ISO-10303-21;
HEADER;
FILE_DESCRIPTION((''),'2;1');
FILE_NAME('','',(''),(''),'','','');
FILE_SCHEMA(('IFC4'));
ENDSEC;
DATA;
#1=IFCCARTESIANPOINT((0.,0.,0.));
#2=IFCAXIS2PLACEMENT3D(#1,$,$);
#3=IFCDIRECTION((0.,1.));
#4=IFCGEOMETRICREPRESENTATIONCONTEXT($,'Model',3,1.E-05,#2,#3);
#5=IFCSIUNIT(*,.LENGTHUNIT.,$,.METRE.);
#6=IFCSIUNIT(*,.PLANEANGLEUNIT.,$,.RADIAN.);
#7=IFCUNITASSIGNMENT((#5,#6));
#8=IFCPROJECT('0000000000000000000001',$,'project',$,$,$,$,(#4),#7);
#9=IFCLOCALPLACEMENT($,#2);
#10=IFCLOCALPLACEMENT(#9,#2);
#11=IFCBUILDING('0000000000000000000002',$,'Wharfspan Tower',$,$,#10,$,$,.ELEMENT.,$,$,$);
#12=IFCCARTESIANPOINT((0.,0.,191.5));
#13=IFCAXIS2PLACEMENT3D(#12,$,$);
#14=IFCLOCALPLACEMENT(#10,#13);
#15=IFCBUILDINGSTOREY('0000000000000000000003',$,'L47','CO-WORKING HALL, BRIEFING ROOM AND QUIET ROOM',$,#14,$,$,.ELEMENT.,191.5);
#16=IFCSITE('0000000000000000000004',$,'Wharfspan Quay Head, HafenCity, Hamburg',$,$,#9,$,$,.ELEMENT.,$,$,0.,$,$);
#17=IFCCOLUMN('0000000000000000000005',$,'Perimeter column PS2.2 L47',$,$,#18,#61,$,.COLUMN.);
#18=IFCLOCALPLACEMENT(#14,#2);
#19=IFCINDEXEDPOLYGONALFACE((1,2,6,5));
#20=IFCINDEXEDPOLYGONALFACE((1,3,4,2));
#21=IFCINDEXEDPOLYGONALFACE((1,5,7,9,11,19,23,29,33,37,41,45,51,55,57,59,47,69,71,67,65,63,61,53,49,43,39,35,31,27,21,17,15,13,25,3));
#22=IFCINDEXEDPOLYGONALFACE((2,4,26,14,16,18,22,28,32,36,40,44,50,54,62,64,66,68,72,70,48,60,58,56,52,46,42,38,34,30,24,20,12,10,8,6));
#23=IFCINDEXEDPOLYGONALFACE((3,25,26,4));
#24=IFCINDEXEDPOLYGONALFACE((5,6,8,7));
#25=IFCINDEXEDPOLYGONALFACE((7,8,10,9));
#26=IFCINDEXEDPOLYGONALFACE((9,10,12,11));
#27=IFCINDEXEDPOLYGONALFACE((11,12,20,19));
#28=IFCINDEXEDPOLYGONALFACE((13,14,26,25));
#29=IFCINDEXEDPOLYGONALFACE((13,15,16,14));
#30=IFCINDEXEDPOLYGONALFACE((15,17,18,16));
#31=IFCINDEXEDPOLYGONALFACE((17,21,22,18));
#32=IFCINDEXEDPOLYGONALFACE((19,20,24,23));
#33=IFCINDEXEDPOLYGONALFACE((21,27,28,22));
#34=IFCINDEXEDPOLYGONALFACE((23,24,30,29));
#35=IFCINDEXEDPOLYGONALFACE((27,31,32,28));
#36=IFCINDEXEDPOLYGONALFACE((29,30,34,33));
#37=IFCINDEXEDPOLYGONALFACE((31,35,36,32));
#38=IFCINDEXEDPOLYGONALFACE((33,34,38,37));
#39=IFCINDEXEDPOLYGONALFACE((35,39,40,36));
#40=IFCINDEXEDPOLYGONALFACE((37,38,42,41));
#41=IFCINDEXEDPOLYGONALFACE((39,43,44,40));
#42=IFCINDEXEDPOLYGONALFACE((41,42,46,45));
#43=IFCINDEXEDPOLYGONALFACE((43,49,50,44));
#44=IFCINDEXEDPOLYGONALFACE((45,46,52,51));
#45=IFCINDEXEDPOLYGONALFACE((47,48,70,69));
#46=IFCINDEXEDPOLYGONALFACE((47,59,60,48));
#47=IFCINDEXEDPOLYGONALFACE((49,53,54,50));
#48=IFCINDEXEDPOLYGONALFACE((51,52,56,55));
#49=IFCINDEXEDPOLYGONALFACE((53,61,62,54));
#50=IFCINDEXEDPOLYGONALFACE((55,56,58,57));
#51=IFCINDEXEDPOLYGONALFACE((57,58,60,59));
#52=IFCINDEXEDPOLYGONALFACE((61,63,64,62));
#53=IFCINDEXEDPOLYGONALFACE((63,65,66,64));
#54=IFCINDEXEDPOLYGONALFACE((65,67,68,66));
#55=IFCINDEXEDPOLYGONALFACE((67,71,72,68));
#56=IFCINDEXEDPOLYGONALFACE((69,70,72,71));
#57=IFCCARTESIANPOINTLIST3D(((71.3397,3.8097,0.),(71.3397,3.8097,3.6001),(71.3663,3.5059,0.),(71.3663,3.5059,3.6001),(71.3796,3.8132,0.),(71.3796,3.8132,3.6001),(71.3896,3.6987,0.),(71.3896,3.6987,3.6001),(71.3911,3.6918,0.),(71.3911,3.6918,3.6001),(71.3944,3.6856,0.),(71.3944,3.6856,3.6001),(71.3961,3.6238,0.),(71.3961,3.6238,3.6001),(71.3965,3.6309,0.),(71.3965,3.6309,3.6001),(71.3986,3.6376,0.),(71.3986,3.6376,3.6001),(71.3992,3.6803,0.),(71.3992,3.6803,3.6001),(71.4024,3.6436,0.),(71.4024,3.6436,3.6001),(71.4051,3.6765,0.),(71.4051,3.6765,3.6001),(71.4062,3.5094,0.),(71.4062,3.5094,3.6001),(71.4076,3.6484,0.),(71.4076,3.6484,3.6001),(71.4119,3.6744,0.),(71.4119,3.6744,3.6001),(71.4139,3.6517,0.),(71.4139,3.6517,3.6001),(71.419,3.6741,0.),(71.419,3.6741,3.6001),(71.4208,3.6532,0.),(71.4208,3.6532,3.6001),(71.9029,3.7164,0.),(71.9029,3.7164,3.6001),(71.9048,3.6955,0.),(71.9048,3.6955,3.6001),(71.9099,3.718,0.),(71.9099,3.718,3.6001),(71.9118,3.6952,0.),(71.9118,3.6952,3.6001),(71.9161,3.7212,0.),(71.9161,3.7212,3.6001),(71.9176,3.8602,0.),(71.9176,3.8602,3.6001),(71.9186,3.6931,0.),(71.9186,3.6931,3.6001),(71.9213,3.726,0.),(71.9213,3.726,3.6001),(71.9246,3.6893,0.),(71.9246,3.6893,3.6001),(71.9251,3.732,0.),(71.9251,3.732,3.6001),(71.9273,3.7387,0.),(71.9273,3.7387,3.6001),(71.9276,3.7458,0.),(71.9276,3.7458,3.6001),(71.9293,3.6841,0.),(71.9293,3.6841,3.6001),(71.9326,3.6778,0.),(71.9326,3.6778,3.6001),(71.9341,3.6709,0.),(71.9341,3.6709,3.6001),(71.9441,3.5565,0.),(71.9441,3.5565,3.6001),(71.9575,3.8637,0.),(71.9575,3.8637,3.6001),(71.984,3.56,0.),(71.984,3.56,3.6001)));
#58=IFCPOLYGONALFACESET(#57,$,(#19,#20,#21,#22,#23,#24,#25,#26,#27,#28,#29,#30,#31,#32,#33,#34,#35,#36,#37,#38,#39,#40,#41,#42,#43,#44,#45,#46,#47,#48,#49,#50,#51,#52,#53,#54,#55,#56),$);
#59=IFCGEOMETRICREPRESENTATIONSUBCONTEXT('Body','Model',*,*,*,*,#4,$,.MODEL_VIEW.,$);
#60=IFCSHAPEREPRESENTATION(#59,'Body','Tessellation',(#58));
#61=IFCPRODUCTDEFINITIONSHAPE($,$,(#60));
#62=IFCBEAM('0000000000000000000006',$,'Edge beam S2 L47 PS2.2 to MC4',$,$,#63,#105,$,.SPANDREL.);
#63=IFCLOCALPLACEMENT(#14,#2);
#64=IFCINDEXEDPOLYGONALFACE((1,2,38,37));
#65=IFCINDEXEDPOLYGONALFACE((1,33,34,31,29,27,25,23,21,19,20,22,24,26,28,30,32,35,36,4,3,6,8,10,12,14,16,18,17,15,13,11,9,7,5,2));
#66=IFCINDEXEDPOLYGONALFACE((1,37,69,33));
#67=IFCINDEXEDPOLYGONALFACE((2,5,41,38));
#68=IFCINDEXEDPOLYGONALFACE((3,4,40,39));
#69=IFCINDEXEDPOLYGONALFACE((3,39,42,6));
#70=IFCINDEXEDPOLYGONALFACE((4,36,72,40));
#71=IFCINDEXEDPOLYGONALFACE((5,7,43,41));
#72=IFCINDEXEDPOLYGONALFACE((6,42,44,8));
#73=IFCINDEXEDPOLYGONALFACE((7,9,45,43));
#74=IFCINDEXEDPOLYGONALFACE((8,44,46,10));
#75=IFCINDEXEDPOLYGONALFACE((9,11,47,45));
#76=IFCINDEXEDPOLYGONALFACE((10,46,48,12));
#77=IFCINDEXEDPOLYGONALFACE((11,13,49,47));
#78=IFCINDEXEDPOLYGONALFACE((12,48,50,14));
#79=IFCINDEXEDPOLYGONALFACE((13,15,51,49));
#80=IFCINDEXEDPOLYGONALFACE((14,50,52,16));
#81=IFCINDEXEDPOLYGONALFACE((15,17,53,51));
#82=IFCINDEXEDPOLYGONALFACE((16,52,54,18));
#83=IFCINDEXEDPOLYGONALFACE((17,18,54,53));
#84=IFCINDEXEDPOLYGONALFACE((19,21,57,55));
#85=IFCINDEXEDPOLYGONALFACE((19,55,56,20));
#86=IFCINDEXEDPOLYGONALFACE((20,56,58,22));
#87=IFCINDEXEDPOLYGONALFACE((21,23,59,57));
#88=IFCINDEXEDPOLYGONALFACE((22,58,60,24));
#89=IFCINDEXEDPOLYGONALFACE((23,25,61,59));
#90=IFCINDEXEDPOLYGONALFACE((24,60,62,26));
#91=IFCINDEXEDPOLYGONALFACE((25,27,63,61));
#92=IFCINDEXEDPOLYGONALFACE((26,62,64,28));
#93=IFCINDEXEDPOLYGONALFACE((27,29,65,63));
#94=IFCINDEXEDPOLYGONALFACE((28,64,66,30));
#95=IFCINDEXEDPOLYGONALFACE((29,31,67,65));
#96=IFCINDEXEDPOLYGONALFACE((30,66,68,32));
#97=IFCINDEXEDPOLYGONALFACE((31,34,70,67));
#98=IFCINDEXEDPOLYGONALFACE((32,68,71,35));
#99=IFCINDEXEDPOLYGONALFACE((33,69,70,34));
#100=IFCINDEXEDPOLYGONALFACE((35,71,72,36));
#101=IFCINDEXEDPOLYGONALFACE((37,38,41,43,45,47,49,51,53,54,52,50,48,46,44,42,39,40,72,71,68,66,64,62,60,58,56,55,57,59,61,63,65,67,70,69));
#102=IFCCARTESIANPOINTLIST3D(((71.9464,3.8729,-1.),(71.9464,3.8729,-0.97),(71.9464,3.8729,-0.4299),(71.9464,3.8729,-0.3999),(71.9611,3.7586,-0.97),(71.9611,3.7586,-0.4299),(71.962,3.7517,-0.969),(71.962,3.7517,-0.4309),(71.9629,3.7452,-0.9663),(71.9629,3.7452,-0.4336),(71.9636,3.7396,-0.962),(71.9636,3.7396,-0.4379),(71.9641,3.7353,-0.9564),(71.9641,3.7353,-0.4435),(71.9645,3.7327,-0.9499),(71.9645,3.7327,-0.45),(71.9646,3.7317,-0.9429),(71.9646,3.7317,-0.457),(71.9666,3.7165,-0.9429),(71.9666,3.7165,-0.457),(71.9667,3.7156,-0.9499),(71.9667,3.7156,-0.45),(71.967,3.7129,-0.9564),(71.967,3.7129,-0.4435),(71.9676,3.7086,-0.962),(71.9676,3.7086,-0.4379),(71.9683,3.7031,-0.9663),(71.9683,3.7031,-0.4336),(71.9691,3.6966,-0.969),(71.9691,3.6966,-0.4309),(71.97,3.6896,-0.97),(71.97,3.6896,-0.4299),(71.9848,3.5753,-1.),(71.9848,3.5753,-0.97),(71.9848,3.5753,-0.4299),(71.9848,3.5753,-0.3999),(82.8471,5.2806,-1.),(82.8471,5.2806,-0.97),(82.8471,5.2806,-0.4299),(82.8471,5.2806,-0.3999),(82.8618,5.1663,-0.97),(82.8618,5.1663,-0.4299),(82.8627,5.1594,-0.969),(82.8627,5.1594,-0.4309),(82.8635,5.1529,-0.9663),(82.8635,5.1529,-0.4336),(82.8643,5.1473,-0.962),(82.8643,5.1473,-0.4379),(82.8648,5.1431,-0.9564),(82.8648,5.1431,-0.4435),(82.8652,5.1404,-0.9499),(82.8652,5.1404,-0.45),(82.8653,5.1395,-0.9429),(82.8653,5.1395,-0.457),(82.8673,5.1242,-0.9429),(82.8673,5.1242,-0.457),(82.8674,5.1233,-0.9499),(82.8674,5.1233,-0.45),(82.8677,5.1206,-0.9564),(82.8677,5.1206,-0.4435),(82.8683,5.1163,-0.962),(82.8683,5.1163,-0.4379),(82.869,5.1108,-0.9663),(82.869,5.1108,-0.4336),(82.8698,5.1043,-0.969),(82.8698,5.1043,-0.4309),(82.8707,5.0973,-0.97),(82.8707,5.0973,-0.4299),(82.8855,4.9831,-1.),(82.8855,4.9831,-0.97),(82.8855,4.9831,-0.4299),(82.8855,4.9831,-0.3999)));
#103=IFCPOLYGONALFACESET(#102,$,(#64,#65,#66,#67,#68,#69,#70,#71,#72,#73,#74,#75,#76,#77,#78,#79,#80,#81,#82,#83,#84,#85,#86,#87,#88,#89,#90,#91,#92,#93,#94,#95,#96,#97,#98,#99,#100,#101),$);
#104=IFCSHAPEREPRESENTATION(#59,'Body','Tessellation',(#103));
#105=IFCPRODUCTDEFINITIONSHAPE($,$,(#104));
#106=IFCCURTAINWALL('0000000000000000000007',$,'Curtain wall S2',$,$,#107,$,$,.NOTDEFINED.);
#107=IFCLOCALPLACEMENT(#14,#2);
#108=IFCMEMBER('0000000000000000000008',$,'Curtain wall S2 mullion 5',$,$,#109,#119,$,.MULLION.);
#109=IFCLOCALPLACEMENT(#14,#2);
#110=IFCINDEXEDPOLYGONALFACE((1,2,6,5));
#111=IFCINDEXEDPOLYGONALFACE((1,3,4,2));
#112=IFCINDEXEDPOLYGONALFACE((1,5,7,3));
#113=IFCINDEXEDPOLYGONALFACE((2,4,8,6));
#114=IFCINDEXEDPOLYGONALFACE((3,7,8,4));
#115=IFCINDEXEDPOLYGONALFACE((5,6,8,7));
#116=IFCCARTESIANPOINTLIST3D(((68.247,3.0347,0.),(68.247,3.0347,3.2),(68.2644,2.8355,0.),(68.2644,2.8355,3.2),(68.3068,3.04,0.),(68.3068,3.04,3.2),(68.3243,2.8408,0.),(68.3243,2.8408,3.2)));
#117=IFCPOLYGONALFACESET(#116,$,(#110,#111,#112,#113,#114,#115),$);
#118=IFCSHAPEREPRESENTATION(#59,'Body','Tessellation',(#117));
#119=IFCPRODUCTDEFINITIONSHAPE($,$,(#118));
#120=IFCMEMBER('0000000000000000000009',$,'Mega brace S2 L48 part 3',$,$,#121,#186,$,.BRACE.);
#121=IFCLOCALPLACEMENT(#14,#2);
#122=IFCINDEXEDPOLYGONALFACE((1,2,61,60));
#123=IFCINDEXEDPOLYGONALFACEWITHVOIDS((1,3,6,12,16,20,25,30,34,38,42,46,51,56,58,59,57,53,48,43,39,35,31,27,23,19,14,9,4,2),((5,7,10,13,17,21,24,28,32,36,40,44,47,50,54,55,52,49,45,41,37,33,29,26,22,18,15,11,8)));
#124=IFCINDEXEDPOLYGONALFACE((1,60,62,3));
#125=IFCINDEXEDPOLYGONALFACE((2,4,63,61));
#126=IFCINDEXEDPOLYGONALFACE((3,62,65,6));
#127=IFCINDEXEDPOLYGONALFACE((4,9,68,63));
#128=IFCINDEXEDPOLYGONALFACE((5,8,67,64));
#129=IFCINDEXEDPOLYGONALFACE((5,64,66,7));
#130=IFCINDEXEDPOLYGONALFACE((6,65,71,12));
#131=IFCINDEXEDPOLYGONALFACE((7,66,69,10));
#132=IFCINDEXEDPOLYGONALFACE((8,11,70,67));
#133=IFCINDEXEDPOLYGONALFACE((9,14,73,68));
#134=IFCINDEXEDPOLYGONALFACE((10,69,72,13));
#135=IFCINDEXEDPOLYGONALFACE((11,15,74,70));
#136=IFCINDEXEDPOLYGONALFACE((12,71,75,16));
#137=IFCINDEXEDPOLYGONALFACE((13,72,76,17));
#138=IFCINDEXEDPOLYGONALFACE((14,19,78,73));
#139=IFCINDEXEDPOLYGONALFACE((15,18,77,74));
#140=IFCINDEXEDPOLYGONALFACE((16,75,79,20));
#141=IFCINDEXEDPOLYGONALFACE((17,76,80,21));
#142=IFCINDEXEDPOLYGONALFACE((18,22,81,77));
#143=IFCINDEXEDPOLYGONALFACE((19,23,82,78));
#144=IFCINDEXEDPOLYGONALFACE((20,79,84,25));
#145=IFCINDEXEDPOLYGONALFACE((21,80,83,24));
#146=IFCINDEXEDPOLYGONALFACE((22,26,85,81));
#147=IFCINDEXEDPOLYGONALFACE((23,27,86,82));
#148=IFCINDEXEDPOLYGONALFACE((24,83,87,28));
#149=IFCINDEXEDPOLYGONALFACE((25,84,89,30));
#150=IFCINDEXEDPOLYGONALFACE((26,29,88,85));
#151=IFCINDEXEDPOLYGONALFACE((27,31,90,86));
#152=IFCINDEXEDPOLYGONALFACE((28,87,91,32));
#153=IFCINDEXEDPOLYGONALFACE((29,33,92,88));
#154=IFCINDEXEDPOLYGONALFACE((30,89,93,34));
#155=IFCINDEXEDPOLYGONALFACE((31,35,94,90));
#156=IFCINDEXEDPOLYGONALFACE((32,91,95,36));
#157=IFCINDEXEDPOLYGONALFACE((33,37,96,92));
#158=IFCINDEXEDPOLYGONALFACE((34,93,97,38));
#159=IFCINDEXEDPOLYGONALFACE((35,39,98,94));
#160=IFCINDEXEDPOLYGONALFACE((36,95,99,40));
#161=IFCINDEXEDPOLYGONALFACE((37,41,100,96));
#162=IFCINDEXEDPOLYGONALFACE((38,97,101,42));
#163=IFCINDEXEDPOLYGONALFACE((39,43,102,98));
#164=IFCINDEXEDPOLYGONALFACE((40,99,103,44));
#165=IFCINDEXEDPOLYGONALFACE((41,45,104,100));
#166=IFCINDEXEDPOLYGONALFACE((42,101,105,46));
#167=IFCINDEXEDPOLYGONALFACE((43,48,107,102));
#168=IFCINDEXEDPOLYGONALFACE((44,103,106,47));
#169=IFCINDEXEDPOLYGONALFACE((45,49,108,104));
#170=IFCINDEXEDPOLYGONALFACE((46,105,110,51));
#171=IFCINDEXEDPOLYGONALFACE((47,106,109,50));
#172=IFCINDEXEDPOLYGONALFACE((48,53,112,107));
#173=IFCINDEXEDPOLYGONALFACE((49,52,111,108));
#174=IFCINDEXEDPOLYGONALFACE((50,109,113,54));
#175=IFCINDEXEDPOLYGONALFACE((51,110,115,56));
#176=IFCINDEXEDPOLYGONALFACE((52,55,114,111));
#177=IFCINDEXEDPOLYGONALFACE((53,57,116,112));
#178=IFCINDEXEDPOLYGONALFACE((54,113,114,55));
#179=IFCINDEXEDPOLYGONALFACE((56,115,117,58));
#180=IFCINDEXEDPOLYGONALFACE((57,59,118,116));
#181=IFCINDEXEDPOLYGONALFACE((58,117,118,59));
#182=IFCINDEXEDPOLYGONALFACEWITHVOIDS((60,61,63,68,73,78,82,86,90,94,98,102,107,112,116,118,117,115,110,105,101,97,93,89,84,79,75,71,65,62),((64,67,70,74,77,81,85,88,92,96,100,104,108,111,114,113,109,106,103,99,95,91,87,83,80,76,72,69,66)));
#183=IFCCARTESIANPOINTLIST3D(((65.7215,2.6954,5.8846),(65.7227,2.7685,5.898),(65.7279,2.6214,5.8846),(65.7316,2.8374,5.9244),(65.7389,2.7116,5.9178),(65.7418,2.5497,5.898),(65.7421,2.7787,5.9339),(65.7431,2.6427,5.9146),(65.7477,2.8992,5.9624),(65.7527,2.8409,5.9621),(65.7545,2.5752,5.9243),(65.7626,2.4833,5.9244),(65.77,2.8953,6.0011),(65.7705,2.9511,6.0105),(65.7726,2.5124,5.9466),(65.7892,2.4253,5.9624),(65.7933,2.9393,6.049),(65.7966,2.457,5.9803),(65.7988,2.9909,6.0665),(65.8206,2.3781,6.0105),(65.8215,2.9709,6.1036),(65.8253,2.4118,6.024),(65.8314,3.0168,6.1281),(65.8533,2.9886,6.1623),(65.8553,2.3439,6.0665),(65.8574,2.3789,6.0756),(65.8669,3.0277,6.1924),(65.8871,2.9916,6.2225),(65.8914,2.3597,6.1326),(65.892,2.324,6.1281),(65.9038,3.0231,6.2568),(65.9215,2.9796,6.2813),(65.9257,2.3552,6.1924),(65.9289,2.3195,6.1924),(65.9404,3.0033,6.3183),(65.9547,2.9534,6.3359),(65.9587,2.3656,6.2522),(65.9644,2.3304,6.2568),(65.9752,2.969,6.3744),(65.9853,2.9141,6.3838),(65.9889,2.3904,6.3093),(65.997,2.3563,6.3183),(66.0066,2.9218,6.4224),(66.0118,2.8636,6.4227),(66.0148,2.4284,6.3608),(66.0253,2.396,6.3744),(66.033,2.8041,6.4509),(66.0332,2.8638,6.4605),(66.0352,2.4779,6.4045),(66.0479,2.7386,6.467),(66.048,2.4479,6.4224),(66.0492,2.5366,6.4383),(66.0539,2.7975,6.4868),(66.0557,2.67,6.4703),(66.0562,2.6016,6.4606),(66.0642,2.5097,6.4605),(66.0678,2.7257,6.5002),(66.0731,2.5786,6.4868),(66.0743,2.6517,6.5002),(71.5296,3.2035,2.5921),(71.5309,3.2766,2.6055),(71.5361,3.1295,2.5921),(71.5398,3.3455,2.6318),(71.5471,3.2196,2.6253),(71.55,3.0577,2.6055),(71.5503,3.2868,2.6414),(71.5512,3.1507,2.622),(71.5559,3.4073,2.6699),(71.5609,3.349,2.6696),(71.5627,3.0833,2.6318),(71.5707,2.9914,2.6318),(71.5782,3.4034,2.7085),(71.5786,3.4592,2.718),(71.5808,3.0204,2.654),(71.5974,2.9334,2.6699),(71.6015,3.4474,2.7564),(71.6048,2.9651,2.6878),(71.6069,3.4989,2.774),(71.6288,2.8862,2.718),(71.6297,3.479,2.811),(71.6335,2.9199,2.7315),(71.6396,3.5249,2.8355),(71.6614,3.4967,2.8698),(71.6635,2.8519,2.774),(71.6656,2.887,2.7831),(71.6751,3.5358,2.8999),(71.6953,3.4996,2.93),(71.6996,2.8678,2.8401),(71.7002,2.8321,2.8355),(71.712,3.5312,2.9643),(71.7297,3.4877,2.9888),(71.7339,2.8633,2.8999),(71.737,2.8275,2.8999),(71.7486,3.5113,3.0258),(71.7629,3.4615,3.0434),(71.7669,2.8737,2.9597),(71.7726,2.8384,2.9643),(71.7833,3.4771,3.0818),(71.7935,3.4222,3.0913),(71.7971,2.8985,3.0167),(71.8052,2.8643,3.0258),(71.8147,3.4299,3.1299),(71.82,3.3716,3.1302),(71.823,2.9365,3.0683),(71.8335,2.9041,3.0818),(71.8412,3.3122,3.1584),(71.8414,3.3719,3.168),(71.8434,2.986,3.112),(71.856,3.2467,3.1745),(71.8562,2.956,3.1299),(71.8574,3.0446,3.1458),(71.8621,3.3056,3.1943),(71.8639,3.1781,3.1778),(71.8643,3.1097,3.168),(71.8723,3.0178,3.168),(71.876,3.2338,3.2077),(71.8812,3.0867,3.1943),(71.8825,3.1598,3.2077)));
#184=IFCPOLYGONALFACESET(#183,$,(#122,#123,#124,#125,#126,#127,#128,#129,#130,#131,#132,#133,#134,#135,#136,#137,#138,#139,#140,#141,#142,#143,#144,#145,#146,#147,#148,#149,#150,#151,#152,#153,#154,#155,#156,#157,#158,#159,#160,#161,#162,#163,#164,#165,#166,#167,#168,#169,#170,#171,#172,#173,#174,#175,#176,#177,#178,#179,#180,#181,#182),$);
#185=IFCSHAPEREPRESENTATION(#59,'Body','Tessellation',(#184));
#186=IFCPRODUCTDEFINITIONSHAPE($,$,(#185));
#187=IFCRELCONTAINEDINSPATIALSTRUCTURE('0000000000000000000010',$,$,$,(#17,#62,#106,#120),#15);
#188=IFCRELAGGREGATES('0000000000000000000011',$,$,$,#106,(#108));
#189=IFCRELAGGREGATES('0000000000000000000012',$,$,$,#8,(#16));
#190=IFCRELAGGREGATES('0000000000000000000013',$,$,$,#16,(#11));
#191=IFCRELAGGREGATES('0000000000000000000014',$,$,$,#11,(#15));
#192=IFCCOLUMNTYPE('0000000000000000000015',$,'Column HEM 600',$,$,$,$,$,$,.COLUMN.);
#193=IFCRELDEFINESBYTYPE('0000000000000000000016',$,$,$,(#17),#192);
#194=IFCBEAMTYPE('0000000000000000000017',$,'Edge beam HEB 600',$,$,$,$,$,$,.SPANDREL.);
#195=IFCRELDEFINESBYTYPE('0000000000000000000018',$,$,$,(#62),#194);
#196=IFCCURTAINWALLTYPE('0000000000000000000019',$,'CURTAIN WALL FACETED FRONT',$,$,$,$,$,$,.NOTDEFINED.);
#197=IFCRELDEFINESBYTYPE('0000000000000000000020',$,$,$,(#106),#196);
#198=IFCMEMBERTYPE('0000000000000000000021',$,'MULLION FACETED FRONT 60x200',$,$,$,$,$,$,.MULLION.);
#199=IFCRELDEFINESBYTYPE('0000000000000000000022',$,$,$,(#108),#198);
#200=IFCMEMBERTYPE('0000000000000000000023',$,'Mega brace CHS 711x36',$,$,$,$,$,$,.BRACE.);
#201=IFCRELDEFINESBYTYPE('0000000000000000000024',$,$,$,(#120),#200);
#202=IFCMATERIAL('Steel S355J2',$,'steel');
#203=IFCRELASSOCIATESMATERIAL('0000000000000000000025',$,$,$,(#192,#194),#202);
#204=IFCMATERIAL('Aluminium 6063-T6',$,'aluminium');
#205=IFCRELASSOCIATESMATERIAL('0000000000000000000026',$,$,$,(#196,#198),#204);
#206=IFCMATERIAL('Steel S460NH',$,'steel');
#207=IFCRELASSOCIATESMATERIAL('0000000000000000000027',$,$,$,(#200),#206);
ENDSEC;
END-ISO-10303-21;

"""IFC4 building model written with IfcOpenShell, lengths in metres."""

from ifc_helpers import new_model, si_unit, direction, frame, origin, origin_2d, place, context, subcontext, project, spatial, rectangle, hollow_circle, i_section, extrude, material, material_profile, profile_set, type_object, element, aggregate, save


model = new_model("IFC4")

# Units and contexts
model_context = context("Model", 3, precision=1e-05, world=origin(), true_north=direction((0.0, 1.0)))
body_context = subcontext(model_context, "Body", "Model", "MODEL_VIEW")
ifc_project = project(units=[si_unit("LENGTHUNIT", "METRE"), si_unit("PLANEANGLEUNIT", "RADIAN")], contexts=[model_context])

# Site, building, storey
site_placement = place(None, origin())
site = spatial("IfcSite", under=ifc_project, at=site_placement, Name="Wharfspan Quay Head, HafenCity, Hamburg", CompositionType="ELEMENT", RefElevation=0.0)
building_placement = place(site_placement, origin())
building = spatial("IfcBuilding", under=site, at=building_placement, Name="Wharfspan Tower", CompositionType="ELEMENT")
storey_placement = place(building_placement, frame((0.0, 0.0, 191.5)))
storey = spatial("IfcBuildingStorey", under=building, at=storey_placement, Name="L47", Description="CO-WORKING HALL, BRIEFING ROOM AND QUIET ROOM", CompositionType="ELEMENT", Elevation=191.5)

# Column
ifc_material_1 = material(Name="Steel S355J2", Category="steel")
ifc_material_profile_1 = material_profile(ifc_material_1, i_section(OverallWidth=0.3049, OverallDepth=0.6201, WebThickness=0.021, FlangeThickness=0.04, FilletRadius=0.0271, at=origin_2d()))
ifc_profile_set_1 = profile_set([ifc_material_profile_1], Name="Steel S355J2")
column_type = type_object("IfcColumnType", Name="Column HEM 600", PredefinedType="COLUMN", material=ifc_profile_set_1)
column_placement = place(storey_placement, frame((71.6619, 3.6848, 0.0), z_axis=(0.0, 0.0, 1.0), x_axis=(0.087156, -0.996198, 0.0)))
element("IfcColumn", 1, at=column_placement, inside=storey, type_object=column_type, Name="Perimeter column PS2.2 L47", PredefinedType="COLUMN", context=body_context, shape_type="SweptSolid", body=[
    extrude(i_section(OverallWidth=0.3049, OverallDepth=0.6201, WebThickness=0.021, FlangeThickness=0.04, FilletRadius=0.0271, at=origin_2d()), origin(), (0.0, 0.0, 1.0), 3.6001),
])

# Beam
ifc_material_profile_2 = material_profile(ifc_material_1, i_section(OverallWidth=0.3, OverallDepth=0.6001, WebThickness=0.0154, FlangeThickness=0.03, FilletRadius=0.0271, at=origin_2d()))
ifc_profile_set_2 = profile_set([ifc_material_profile_2], Name="Steel S355J2")
beam_type = type_object("IfcBeamType", Name="Edge beam HEB 600", PredefinedType="SPANDREL", material=ifc_profile_set_2)
beam_placement = place(storey_placement, frame((71.9656, 3.7241, -0.7), z_axis=(0.991764, 0.128077, 0.0), x_axis=(-0.128077, 0.991764, 0.0)))
element("IfcBeam", 2, at=beam_placement, inside=storey, type_object=beam_type, Name="Edge beam S2 L47 PS2.2 to MC4", PredefinedType="SPANDREL", context=body_context, shape_type="SweptSolid", body=[
    extrude(i_section(OverallWidth=0.3, OverallDepth=0.6001, WebThickness=0.0154, FlangeThickness=0.03, FilletRadius=0.0271, at=origin_2d()), origin(), (0.0, 0.0, 1.0), 10.9912),
])

# Curtain wall, member
ifc_material_2 = material(Name="Aluminium 6063-T6", Category="aluminium")
curtain_wall_type = type_object("IfcCurtainWallType", Name="CURTAIN WALL FACETED FRONT", PredefinedType="NOTDEFINED", material=ifc_material_2)
curtain_wall_placement = place(storey_placement, origin())
curtain_wall = element("IfcCurtainWall", 3, at=curtain_wall_placement, inside=storey, type_object=curtain_wall_type, Name="Curtain wall S2", PredefinedType="NOTDEFINED")
ifc_material_profile_3 = material_profile(ifc_material_2, rectangle(XDim=0.2, YDim=0.0601, at=origin_2d()))
ifc_profile_set_3 = profile_set([ifc_material_profile_3], Name="Aluminium 6063-T6")
member_type_1 = type_object("IfcMemberType", Name="MULLION FACETED FRONT 60x200", PredefinedType="MULLION", material=ifc_profile_set_3)
member_1_placement = place(storey_placement, frame((68.2856, 2.9377, 0.0), z_axis=(0.0, 0.0, 1.0), x_axis=(-0.087156, 0.996198, 0.0)))
member_1 = element("IfcMember", 4, at=member_1_placement, type_object=member_type_1, Name="Curtain wall S2 mullion 5", PredefinedType="MULLION", context=body_context, shape_type="SweptSolid", body=[
    extrude(rectangle(XDim=0.2, YDim=0.0601, at=origin_2d()), origin(), (0.0, 0.0, 1.0), 3.2),
])

# Member
ifc_material_3 = material(Name="Steel S460NH", Category="steel")
ifc_material_profile_4 = material_profile(ifc_material_3, hollow_circle(Radius=0.3555, WallThickness=0.0359, at=origin_2d()))
ifc_profile_set_4 = profile_set([ifc_material_profile_4], Name="Steel S460NH")
member_type_2 = type_object("IfcMemberType", Name="Mega brace CHS 711x36", PredefinedType="BRACE", material=ifc_profile_set_4)
member_2_placement = place(storey_placement, frame((71.7061, 3.1816, 2.8999), z_axis=(-0.867436, -0.075878, 0.491729), x_axis=(0.08714, -0.996196, -0.000002)))
element("IfcMember", 5, at=member_2_placement, inside=storey, type_object=member_type_2, Name="Mega brace S2 L48 part 3", PredefinedType="BRACE", context=body_context, shape_type="SweptSolid", body=[
    extrude(hollow_circle(Radius=0.3555, WallThickness=0.0359, at=origin_2d()), origin(), (0.0, 0.0, 1.0), 6.6958),
])

aggregate(curtain_wall, [member_1])

save(model, "model.ifc")
